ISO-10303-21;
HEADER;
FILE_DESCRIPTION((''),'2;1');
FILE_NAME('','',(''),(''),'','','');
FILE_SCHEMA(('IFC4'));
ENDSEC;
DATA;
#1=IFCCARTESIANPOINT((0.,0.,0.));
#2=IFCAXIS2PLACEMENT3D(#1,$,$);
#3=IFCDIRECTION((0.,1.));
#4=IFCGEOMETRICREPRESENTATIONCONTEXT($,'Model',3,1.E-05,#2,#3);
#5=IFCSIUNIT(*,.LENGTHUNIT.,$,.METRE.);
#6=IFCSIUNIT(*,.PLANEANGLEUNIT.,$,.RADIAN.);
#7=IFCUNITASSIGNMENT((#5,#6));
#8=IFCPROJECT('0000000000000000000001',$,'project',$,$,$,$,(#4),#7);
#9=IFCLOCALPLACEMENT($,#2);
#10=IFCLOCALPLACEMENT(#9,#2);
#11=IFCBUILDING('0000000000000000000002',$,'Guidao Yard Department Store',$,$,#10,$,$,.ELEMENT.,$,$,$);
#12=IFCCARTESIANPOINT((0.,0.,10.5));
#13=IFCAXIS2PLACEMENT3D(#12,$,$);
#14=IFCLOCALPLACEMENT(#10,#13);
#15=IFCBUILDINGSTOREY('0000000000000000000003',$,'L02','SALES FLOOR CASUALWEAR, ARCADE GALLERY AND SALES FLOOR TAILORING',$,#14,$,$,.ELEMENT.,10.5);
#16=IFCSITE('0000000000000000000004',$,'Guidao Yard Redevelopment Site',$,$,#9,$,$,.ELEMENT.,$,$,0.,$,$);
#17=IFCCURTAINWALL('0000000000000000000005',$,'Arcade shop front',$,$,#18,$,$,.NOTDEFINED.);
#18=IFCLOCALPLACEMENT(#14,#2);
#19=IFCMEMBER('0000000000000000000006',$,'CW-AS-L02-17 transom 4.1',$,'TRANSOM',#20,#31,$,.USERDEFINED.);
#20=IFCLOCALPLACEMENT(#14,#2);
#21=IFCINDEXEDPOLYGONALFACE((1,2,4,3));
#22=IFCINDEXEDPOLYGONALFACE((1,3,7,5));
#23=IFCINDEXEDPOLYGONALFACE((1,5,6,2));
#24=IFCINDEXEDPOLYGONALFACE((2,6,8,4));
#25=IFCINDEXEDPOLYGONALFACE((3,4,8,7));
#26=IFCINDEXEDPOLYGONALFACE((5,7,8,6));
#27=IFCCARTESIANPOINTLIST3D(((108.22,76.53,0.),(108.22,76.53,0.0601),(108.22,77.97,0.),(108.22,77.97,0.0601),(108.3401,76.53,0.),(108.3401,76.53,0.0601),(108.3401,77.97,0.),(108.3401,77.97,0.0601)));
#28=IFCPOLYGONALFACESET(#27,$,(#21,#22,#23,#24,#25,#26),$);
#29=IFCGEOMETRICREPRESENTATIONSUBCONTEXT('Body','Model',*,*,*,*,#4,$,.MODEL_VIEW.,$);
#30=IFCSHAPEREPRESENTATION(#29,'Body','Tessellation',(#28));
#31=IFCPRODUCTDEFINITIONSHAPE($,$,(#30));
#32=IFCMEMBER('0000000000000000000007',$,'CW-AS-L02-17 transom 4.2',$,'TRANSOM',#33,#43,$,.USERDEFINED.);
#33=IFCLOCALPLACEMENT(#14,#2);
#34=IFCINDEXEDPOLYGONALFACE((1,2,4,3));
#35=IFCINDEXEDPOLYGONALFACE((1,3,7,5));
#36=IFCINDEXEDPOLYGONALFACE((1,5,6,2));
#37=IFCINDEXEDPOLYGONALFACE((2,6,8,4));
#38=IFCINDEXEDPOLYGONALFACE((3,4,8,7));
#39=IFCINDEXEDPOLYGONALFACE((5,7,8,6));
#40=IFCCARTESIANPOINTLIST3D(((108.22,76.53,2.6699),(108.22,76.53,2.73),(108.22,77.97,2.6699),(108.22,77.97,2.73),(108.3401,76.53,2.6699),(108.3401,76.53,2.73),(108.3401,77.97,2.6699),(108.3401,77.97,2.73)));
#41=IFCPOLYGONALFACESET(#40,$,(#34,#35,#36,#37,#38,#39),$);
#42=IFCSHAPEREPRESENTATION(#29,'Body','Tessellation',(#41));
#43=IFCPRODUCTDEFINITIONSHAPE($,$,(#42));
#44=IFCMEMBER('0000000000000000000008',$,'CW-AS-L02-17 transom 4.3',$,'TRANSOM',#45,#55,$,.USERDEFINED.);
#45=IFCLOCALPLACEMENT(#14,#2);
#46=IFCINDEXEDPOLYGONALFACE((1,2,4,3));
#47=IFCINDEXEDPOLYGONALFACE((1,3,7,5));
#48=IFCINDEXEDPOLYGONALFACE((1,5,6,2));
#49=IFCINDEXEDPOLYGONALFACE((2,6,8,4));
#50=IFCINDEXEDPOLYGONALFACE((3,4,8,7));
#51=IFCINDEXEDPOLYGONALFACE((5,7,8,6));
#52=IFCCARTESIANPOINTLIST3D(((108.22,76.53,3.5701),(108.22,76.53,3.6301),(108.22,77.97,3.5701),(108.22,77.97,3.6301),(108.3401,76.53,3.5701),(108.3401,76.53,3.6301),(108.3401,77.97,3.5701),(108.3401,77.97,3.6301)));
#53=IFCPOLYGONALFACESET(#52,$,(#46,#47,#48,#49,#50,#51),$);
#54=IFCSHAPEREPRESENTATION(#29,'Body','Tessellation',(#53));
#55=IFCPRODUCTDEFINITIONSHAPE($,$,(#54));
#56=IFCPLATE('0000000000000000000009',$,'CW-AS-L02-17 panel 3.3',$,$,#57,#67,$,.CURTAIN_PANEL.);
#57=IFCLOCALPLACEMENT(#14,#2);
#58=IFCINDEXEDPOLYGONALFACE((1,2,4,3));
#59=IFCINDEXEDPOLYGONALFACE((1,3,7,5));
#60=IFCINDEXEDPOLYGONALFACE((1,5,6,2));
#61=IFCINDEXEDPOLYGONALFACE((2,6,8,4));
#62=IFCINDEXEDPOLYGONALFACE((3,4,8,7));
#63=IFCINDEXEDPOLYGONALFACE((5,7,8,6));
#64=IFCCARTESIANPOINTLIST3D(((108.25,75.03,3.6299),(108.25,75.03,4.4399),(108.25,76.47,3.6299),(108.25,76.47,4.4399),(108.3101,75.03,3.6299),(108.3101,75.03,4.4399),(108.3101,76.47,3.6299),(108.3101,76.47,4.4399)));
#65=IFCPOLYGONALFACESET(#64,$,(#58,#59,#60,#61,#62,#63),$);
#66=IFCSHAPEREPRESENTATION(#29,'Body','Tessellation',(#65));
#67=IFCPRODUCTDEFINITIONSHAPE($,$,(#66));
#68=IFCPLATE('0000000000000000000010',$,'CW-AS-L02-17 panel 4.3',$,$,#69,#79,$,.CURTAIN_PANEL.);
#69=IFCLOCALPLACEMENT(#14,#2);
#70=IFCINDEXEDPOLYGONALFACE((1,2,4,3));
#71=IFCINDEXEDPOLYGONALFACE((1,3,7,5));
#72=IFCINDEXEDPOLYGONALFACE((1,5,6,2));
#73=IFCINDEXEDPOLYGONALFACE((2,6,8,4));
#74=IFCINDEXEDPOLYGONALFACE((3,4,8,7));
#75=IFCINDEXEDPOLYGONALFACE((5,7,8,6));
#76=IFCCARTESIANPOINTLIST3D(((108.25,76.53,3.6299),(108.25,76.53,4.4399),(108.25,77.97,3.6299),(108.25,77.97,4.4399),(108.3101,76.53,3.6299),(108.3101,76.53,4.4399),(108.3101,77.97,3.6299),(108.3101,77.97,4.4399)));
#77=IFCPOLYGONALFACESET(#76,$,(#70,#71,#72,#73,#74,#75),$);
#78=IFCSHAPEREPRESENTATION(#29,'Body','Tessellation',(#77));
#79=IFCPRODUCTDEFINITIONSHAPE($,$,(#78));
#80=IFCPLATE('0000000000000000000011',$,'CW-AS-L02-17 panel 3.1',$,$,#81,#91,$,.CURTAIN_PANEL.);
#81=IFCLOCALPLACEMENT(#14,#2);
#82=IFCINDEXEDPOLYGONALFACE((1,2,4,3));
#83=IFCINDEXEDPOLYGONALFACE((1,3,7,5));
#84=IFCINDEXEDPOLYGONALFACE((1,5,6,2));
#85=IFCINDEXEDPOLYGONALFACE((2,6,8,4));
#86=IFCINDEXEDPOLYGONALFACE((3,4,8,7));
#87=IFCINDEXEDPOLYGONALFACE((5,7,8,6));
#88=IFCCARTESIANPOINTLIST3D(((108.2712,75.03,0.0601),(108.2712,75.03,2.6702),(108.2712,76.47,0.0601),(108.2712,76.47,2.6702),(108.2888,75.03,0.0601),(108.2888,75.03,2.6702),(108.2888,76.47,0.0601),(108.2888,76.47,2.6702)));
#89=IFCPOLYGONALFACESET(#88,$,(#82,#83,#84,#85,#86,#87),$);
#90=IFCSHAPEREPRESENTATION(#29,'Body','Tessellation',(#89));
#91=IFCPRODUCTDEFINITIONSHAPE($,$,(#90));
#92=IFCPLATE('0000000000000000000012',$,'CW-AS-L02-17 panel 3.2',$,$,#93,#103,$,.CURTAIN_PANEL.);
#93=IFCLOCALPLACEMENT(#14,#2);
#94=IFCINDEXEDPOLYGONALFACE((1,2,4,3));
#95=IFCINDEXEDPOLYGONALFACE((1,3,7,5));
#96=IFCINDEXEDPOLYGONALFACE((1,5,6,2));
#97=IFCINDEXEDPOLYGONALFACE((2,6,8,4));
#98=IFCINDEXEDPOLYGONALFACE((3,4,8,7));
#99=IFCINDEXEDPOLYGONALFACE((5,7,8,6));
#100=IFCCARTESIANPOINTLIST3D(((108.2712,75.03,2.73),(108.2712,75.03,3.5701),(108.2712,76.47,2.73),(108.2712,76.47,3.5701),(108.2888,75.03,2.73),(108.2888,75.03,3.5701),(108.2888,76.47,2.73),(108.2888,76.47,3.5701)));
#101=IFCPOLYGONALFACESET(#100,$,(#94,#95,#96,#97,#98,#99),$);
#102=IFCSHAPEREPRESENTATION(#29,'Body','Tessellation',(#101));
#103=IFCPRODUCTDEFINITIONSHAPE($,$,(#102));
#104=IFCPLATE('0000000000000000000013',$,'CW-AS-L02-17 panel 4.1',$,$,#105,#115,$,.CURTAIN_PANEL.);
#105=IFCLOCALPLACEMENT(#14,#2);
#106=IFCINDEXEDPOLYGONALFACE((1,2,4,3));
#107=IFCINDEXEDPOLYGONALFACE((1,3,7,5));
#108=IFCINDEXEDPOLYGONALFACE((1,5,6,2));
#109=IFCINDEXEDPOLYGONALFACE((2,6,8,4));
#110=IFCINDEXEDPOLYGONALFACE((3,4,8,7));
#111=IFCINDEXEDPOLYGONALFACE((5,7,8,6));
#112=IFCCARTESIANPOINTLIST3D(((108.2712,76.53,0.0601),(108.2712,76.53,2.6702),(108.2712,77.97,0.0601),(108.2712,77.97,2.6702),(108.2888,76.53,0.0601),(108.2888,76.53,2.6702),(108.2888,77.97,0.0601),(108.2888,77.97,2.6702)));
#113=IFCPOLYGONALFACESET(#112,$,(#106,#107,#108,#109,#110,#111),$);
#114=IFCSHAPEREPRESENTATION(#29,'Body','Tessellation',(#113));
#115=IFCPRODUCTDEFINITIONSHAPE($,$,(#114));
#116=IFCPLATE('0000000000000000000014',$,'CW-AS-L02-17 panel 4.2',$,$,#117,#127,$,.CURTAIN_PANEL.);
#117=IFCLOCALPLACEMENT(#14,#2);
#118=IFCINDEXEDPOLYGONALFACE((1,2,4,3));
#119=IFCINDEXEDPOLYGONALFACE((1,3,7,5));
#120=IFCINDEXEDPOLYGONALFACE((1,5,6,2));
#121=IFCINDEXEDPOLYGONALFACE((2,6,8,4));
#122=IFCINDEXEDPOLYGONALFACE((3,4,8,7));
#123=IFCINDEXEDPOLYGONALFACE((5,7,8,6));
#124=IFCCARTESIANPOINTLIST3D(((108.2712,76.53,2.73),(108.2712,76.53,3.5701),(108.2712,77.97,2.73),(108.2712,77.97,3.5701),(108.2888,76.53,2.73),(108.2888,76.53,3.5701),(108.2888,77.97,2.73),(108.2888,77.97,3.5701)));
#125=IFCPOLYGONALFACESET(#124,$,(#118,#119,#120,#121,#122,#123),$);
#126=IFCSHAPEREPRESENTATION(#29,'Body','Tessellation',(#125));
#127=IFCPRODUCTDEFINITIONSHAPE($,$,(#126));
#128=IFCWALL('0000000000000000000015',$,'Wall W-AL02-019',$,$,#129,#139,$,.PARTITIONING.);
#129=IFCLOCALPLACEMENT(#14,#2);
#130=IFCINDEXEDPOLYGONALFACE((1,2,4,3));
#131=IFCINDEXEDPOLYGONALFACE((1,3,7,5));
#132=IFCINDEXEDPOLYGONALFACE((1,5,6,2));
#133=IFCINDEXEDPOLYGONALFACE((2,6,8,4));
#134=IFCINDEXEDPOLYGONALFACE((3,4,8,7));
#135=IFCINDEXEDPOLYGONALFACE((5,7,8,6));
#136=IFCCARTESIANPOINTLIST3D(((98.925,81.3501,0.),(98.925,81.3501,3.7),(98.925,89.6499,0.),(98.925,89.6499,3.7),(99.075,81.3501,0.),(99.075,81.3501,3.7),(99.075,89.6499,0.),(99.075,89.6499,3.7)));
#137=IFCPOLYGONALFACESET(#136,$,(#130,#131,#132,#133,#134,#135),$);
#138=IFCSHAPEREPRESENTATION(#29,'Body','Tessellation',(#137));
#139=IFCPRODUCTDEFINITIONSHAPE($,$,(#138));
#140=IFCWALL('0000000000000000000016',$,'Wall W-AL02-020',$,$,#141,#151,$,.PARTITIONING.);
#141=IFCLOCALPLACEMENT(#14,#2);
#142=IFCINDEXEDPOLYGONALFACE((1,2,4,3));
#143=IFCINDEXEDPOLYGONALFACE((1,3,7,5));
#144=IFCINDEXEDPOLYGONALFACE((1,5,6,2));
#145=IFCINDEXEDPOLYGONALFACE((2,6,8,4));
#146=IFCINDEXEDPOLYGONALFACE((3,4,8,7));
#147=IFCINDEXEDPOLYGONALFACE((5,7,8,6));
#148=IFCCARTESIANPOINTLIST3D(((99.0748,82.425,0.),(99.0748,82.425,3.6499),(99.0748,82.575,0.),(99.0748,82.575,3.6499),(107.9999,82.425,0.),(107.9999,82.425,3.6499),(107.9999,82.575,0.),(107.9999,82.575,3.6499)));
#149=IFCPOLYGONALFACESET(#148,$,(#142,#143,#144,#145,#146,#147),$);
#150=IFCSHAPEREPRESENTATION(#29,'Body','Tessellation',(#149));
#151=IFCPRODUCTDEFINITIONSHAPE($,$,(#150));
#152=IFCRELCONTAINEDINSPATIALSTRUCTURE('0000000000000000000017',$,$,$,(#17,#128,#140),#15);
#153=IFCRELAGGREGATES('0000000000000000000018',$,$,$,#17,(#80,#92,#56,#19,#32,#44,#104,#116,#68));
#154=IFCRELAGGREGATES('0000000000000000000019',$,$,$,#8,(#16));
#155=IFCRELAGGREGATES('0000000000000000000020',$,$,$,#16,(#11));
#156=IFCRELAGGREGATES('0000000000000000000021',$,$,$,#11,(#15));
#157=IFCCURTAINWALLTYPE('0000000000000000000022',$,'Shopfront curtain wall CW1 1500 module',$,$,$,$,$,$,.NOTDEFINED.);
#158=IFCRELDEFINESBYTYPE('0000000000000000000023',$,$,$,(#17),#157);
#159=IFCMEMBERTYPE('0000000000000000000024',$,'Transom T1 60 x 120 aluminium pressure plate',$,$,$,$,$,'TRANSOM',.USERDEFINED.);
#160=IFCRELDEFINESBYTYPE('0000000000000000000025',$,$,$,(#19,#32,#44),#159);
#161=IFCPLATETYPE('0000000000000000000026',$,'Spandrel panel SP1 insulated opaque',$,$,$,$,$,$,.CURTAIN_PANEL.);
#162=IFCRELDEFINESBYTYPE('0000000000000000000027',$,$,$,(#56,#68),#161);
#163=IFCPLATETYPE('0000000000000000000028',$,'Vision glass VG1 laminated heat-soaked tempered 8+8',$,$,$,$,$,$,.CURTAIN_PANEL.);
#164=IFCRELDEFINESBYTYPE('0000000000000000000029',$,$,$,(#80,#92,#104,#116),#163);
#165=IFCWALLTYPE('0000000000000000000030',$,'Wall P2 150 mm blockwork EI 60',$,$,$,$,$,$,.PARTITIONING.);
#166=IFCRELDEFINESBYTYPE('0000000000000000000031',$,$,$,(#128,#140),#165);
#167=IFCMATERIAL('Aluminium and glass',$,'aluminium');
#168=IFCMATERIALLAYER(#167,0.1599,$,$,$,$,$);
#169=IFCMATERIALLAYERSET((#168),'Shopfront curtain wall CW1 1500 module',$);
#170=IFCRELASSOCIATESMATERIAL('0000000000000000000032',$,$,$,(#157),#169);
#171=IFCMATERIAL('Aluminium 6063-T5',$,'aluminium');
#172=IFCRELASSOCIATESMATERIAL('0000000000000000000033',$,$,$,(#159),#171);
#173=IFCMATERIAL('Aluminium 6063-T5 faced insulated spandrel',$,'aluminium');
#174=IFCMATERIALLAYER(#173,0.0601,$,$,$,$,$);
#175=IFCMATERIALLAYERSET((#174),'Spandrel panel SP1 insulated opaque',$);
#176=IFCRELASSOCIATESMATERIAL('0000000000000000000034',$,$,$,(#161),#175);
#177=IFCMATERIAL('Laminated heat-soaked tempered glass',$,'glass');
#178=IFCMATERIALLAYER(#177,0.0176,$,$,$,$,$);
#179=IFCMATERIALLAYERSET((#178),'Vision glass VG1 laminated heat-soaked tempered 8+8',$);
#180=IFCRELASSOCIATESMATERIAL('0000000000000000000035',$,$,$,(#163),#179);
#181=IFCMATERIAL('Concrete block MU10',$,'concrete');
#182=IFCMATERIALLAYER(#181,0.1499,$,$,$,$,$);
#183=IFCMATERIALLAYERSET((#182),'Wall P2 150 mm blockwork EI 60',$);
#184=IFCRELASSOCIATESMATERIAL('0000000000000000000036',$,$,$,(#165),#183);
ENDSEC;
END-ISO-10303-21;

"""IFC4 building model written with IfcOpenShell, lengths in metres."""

from ifc_helpers import new_model, si_unit, direction, frame, frame_2d, origin, origin_2d, place, context, subcontext, project, spatial, rectangle, extrude, material, layer, layer_set, material_profile, profile_set, type_object, element, aggregate, save


model = new_model("IFC4")

# Units and contexts
model_context = context("Model", 3, precision=1e-05, world=origin(), true_north=direction((0.0, 1.0)))
body_context = subcontext(model_context, "Body", "Model", "MODEL_VIEW")
ifc_project = project(units=[si_unit("LENGTHUNIT", "METRE"), si_unit("PLANEANGLEUNIT", "RADIAN")], contexts=[model_context])

# Site, building, storey
site_placement = place(None, origin())
site = spatial("IfcSite", under=ifc_project, at=site_placement, Name="Guidao Yard Redevelopment Site", CompositionType="ELEMENT", RefElevation=0.0)
building_placement = place(site_placement, origin())
building = spatial("IfcBuilding", under=site, at=building_placement, Name="Guidao Yard Department Store", CompositionType="ELEMENT")
storey_placement = place(building_placement, frame((0.0, 0.0, 10.5)))
storey = spatial("IfcBuildingStorey", under=building, at=storey_placement, Name="L02", Description="SALES FLOOR CASUALWEAR, ARCADE GALLERY AND SALES FLOOR TAILORING", CompositionType="ELEMENT", Elevation=10.5)

# Curtain wall, members, plates
ifc_material_1 = material(Name="Aluminium and glass", Category="aluminium")
ifc_layer_1 = layer(ifc_material_1, 0.1599)
ifc_layer_set_1 = layer_set([ifc_layer_1], Name="Shopfront curtain wall CW1 1500 module")
curtain_wall_type = type_object("IfcCurtainWallType", Name="Shopfront curtain wall CW1 1500 module", PredefinedType="NOTDEFINED", material=ifc_layer_set_1)
curtain_wall_placement = place(storey_placement, origin())
curtain_wall = element("IfcCurtainWall", 1, at=curtain_wall_placement, inside=storey, type_object=curtain_wall_type, Name="Arcade shop front", PredefinedType="NOTDEFINED")
ifc_material_2 = material(Name="Aluminium 6063-T5", Category="aluminium")
ifc_material_profile_1 = material_profile(ifc_material_2, rectangle(XDim=0.1201, YDim=0.0601, at=origin_2d()), Name="Transom T1 60 x 120 aluminium pressure plate")
ifc_profile_set_1 = profile_set([ifc_material_profile_1], Name="Aluminium 6063-T5")
member_type_1 = type_object("IfcMemberType", Name="Transom T1 60 x 120 aluminium pressure plate", ElementType="TRANSOM", PredefinedType="USERDEFINED", material=ifc_profile_set_1)
member_1_placement = place(storey_placement, frame((108.28, 77.97, 0.03), z_axis=(0.0, -1.0, 0.0), x_axis=(1.0, 0.0, 0.0)))
member_1 = element("IfcMember", 2, at=member_1_placement, type_object=member_type_1, Name="CW-AS-L02-17 transom 4.1", ObjectType="TRANSOM", PredefinedType="USERDEFINED", context=body_context, shape_type="SweptSolid", body=[
    extrude(rectangle(XDim=0.1201, YDim=0.0601, at=origin_2d()), origin(), (0.0, 0.0, 1.0), 1.4399),
])
member_2_placement = place(storey_placement, frame((108.28, 77.97, 2.7), z_axis=(0.0, -1.0, 0.0), x_axis=(1.0, 0.0, 0.0)))
member_2 = element("IfcMember", 3, at=member_2_placement, type_object=member_type_1, Name="CW-AS-L02-17 transom 4.2", ObjectType="TRANSOM", PredefinedType="USERDEFINED", context=body_context, shape_type="SweptSolid", body=[
    extrude(rectangle(XDim=0.1201, YDim=0.0601, at=origin_2d()), origin(), (0.0, 0.0, 1.0), 1.4399),
])
member_3_placement = place(storey_placement, frame((108.28, 77.97, 3.6001), z_axis=(0.0, -1.0, 0.0), x_axis=(1.0, 0.0, 0.0)))
member_3 = element("IfcMember", 4, at=member_3_placement, type_object=member_type_1, Name="CW-AS-L02-17 transom 4.3", ObjectType="TRANSOM", PredefinedType="USERDEFINED", context=body_context, shape_type="SweptSolid", body=[
    extrude(rectangle(XDim=0.1201, YDim=0.0601, at=origin_2d()), origin(), (0.0, 0.0, 1.0), 1.4399),
])
ifc_material_3 = material(Name="Aluminium 6063-T5 faced insulated spandrel", Category="aluminium")
ifc_layer_2 = layer(ifc_material_3, 0.0601)
ifc_layer_set_2 = layer_set([ifc_layer_2], Name="Spandrel panel SP1 insulated opaque")
plate_type_1 = type_object("IfcPlateType", Name="Spandrel panel SP1 insulated opaque", PredefinedType="CURTAIN_PANEL", material=ifc_layer_set_2)
plate_1_placement = place(storey_placement, frame((108.28, 75.75, 3.6299), z_axis=(0.0, 0.0, 1.0), x_axis=(0.0, -1.0, 0.0)))
plate_1 = element("IfcPlate", 5, at=plate_1_placement, type_object=plate_type_1, Name="CW-AS-L02-17 panel 3.3", PredefinedType="CURTAIN_PANEL", context=body_context, shape_type="SweptSolid", body=[
    extrude(rectangle(XDim=1.4399, YDim=0.0601, at=origin_2d()), origin(), (0.0, 0.0, 1.0), 0.8101),
])
plate_2_placement = place(storey_placement, frame((108.28, 77.25, 3.6299), z_axis=(0.0, 0.0, 1.0), x_axis=(0.0, -1.0, 0.0)))
plate_2 = element("IfcPlate", 6, at=plate_2_placement, type_object=plate_type_1, Name="CW-AS-L02-17 panel 4.3", PredefinedType="CURTAIN_PANEL", context=body_context, shape_type="SweptSolid", body=[
    extrude(rectangle(XDim=1.4399, YDim=0.0601, at=origin_2d()), origin(), (0.0, 0.0, 1.0), 0.8101),
])
ifc_material_4 = material(Name="Laminated heat-soaked tempered glass", Category="glass")
ifc_layer_3 = layer(ifc_material_4, 0.0176)
ifc_layer_set_3 = layer_set([ifc_layer_3], Name="Vision glass VG1 laminated heat-soaked tempered 8+8")
plate_type_2 = type_object("IfcPlateType", Name="Vision glass VG1 laminated heat-soaked tempered 8+8", PredefinedType="CURTAIN_PANEL", material=ifc_layer_set_3)
plate_3_placement = place(storey_placement, frame((108.28, 75.75, 0.0601), z_axis=(0.0, 0.0, 1.0), x_axis=(0.0, -1.0, 0.0)))
plate_3 = element("IfcPlate", 7, at=plate_3_placement, type_object=plate_type_2, Name="CW-AS-L02-17 panel 3.1", PredefinedType="CURTAIN_PANEL", context=body_context, shape_type="SweptSolid", body=[
    extrude(rectangle(XDim=1.4399, YDim=0.0176, at=origin_2d()), origin(), (0.0, 0.0, 1.0), 2.6101),
])
plate_4_placement = place(storey_placement, frame((108.28, 75.75, 2.73), z_axis=(0.0, 0.0, 1.0), x_axis=(0.0, -1.0, 0.0)))
plate_4 = element("IfcPlate", 8, at=plate_4_placement, type_object=plate_type_2, Name="CW-AS-L02-17 panel 3.2", PredefinedType="CURTAIN_PANEL", context=body_context, shape_type="SweptSolid", body=[
    extrude(rectangle(XDim=1.4399, YDim=0.0176, at=origin_2d()), origin(), (0.0, 0.0, 1.0), 0.8401),
])
plate_5_placement = place(storey_placement, frame((108.28, 77.25, 0.0601), z_axis=(0.0, 0.0, 1.0), x_axis=(0.0, -1.0, 0.0)))
plate_5 = element("IfcPlate", 9, at=plate_5_placement, type_object=plate_type_2, Name="CW-AS-L02-17 panel 4.1", PredefinedType="CURTAIN_PANEL", context=body_context, shape_type="SweptSolid", body=[
    extrude(rectangle(XDim=1.4399, YDim=0.0176, at=origin_2d()), origin(), (0.0, 0.0, 1.0), 2.6101),
])
plate_6_placement = place(storey_placement, frame((108.28, 77.25, 2.73), z_axis=(0.0, 0.0, 1.0), x_axis=(0.0, -1.0, 0.0)))
plate_6 = element("IfcPlate", 10, at=plate_6_placement, type_object=plate_type_2, Name="CW-AS-L02-17 panel 4.2", PredefinedType="CURTAIN_PANEL", context=body_context, shape_type="SweptSolid", body=[
    extrude(rectangle(XDim=1.4399, YDim=0.0176, at=origin_2d()), origin(), (0.0, 0.0, 1.0), 0.8401),
])
aggregate(curtain_wall, [plate_3, plate_4, plate_1, member_1, member_2, member_3, plate_5, plate_6, plate_2])

# Walls
ifc_material_5 = material(Name="Concrete block MU10", Category="concrete")
ifc_layer_4 = layer(ifc_material_5, 0.1499)
ifc_layer_set_4 = layer_set([ifc_layer_4], Name="Wall P2 150 mm blockwork EI 60")
wall_type = type_object("IfcWallType", Name="Wall P2 150 mm blockwork EI 60", PredefinedType="PARTITIONING", material=ifc_layer_set_4)
wall_1_placement = place(storey_placement, frame((99.0, 81.3501, 0.0), z_axis=(0.0, 0.0, 1.0), x_axis=(0.0, 1.0, 0.0)))
element("IfcWall", 11, at=wall_1_placement, inside=storey, type_object=wall_type, Name="Wall W-AL02-019", PredefinedType="PARTITIONING", context=body_context, shape_type="SweptSolid", body=[
    extrude(rectangle(XDim=8.2998, YDim=0.1499, at=frame_2d((4.1499, 0.0))), origin(), (0.0, 0.0, 1.0), 3.7),
])
wall_2_placement = place(storey_placement, frame((99.075, 82.5, 0.0), z_axis=(0.0, 0.0, 1.0), x_axis=(1.0, 0.0, 0.0)))
element("IfcWall", 12, at=wall_2_placement, inside=storey, type_object=wall_type, Name="Wall W-AL02-020", PredefinedType="PARTITIONING", context=body_context, shape_type="SweptSolid", body=[
    extrude(rectangle(XDim=8.925, YDim=0.1499, at=frame_2d((4.4624, 0.0))), origin(), (0.0, 0.0, 1.0), 3.6499),
])

save(model, "model.ifc")
